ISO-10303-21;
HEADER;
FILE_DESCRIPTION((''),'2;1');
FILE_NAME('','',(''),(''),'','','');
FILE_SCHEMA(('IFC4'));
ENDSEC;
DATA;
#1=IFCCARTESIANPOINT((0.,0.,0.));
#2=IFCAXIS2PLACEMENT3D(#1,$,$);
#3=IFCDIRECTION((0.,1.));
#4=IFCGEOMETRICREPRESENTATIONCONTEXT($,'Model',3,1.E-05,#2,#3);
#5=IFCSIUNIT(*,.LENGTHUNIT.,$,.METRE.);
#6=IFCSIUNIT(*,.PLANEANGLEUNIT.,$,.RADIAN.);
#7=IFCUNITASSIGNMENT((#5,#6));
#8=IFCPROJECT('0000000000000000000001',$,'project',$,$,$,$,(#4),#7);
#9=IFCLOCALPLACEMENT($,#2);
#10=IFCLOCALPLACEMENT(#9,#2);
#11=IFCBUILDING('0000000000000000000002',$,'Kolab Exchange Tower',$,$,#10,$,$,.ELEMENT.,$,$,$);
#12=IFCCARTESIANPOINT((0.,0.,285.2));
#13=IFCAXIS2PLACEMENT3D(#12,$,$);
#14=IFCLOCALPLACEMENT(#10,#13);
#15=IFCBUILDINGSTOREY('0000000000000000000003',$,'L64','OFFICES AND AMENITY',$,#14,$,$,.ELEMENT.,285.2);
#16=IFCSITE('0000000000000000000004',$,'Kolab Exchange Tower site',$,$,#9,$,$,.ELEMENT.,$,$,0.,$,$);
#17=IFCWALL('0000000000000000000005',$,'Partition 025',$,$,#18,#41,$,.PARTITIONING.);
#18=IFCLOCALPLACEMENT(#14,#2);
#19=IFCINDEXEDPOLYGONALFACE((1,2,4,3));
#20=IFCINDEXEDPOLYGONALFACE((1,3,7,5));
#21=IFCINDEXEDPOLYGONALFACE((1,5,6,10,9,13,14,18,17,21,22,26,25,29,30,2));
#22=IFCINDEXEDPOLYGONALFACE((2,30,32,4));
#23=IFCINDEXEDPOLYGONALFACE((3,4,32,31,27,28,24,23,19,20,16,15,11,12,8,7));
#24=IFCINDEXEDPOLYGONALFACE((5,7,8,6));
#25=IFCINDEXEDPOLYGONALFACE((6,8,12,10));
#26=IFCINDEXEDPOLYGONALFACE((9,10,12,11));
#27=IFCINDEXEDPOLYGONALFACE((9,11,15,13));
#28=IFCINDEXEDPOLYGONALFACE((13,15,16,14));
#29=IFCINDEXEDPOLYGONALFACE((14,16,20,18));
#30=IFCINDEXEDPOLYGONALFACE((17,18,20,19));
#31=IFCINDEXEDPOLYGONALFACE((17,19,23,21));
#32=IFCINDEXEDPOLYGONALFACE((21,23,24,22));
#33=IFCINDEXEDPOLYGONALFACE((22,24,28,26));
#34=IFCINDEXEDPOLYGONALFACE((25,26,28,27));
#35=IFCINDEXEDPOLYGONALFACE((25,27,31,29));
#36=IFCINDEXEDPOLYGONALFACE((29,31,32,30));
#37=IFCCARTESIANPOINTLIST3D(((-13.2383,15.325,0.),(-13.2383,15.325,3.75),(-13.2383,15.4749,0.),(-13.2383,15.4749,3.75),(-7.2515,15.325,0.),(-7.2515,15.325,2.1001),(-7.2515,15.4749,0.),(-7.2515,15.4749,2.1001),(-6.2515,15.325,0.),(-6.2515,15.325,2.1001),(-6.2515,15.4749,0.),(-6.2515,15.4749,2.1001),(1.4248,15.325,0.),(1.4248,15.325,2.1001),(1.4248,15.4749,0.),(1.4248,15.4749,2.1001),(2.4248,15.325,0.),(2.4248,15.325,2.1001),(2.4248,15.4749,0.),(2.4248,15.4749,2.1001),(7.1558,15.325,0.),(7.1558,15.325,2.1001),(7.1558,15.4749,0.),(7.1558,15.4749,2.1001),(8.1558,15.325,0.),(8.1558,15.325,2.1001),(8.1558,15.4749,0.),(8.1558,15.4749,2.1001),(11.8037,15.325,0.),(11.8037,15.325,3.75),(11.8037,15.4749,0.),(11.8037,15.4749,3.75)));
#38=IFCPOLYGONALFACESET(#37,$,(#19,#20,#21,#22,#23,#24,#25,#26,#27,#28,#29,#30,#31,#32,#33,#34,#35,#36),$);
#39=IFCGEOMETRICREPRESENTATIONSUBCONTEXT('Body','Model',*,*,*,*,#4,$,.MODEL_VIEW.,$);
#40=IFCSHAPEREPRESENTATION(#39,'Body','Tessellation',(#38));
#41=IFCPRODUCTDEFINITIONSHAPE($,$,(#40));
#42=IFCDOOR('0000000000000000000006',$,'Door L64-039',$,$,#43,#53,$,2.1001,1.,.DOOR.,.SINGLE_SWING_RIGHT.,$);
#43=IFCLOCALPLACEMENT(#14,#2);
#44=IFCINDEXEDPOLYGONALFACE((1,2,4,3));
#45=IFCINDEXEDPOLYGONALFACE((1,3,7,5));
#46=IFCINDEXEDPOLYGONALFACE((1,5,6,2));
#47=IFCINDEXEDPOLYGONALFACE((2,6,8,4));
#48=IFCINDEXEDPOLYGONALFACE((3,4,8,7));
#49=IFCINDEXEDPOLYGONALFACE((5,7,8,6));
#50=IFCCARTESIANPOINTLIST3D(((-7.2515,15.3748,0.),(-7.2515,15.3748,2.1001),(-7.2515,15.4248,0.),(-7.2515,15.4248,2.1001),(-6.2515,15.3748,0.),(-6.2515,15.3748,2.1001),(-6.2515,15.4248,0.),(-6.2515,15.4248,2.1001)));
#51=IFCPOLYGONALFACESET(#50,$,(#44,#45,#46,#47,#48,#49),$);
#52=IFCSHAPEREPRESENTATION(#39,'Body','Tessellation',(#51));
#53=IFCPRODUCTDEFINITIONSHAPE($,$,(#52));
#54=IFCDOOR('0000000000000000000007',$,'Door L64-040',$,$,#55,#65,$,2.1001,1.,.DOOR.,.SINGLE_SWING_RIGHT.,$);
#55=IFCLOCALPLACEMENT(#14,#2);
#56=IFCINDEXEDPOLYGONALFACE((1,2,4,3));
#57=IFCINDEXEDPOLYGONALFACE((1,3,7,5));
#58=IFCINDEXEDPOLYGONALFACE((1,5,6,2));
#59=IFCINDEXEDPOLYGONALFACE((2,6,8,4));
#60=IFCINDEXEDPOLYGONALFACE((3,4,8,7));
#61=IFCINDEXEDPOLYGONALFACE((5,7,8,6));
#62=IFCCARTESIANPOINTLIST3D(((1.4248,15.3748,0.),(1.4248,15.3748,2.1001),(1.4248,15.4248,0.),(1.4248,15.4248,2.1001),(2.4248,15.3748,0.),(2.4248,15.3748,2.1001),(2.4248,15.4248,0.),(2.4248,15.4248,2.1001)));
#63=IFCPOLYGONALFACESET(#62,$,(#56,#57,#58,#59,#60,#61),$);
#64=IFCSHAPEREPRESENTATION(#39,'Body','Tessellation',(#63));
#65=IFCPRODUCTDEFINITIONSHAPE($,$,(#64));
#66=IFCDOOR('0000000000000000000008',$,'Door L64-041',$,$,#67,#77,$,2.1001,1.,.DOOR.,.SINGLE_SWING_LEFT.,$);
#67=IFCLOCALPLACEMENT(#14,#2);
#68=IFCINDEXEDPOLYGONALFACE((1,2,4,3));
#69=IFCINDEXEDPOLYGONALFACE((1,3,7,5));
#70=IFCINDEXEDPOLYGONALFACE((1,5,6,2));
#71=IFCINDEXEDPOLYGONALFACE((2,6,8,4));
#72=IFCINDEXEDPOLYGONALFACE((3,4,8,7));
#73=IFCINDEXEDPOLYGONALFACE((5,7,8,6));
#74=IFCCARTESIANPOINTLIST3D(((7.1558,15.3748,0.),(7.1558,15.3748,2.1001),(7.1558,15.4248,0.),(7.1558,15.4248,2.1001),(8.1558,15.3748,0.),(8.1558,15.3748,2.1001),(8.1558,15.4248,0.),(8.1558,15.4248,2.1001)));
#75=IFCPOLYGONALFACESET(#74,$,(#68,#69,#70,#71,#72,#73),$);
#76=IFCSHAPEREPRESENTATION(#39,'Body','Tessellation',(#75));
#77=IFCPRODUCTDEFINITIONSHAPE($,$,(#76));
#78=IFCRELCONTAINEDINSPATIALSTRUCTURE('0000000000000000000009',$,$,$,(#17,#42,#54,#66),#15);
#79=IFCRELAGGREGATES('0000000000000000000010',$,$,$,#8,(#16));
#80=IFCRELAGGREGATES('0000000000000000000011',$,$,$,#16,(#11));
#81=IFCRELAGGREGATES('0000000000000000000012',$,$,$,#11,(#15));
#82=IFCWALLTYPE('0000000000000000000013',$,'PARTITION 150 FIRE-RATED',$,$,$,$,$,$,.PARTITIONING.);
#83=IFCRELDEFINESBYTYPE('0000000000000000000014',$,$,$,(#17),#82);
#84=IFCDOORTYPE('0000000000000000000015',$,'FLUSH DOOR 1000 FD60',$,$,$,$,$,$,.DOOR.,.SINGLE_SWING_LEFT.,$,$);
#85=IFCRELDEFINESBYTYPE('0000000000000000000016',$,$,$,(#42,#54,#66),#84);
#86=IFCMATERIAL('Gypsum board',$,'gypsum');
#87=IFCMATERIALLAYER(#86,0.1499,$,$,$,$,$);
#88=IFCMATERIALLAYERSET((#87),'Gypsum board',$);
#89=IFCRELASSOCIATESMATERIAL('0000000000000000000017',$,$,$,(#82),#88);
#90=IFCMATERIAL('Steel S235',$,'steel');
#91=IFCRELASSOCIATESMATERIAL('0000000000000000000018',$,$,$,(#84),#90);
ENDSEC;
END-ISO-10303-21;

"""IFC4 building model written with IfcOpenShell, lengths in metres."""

from ifc_helpers import new_model, si_unit, direction, frame, frame_2d, origin, place, context, subcontext, project, spatial, rectangle, extrude, material, layer, layer_set, type_object, element, fill, save


model = new_model("IFC4")

# Units and contexts
model_context = context("Model", 3, precision=1e-05, world=origin(), true_north=direction((0.0, 1.0)))
body_context = subcontext(model_context, "Body", "Model", "MODEL_VIEW")
ifc_project = project(units=[si_unit("LENGTHUNIT", "METRE"), si_unit("PLANEANGLEUNIT", "RADIAN")], contexts=[model_context])

# Site, building, storey
site_placement = place(None, origin())
site = spatial("IfcSite", under=ifc_project, at=site_placement, Name="Kolab Exchange Tower site", CompositionType="ELEMENT", RefElevation=0.0)
building_placement = place(site_placement, origin())
building = spatial("IfcBuilding", under=site, at=building_placement, Name="Kolab Exchange Tower", CompositionType="ELEMENT")
storey_placement = place(building_placement, frame((0.0, 0.0, 285.2)))
storey = spatial("IfcBuildingStorey", under=building, at=storey_placement, Name="L64", Description="OFFICES AND AMENITY", CompositionType="ELEMENT", Elevation=285.2)

# Wall, openings, doors
ifc_material_1 = material(Name="Gypsum board", Category="gypsum")
ifc_layer_1 = layer(ifc_material_1, 0.1499)
ifc_layer_set_1 = layer_set([ifc_layer_1], Name="Gypsum board")
wall_type = type_object("IfcWallType", Name="PARTITION 150 FIRE-RATED", PredefinedType="PARTITIONING", material=ifc_layer_set_1)
ifc_material_2 = material(Name="Steel S235", Category="steel")
door_type_1 = type_object("IfcDoorType", Name="FLUSH DOOR 1000 FD60", OperationType="SINGLE_SWING_LEFT", PredefinedType="DOOR", material=ifc_material_2)
wall_1_placement = place(storey_placement, frame((-13.2383, 15.3999, 0.0), z_axis=(0.0, 0.0, 1.0), x_axis=(1.0, 0.0, 0.0)))
wall_1 = element("IfcWall", 1, at=wall_1_placement, inside=storey, type_object=wall_type, Name="Partition 025", PredefinedType="PARTITIONING", context=body_context, shape_type="SweptSolid", body=[
    extrude(rectangle(XDim=25.042, YDim=0.1499, at=frame_2d((12.521, 0.0))), origin(), (0.0, 0.0, 1.0), 3.75),
])
opening_1_placement = place(wall_1_placement, frame((5.9868, 0.0, 0.0)))
opening_1 = element("IfcOpeningElement", 2, at=opening_1_placement, cuts=wall_1, PredefinedType="OPENING", context=body_context, shape_type="SweptSolid", body=[
    extrude(rectangle(XDim=1.0, YDim=2.1001, at=frame_2d((0.5, 1.05))), frame((0.0, 0.085, 0.0), z_axis=(0.0, -1.0, 0.0), x_axis=(1.0, 0.0, 0.0)), (0.0, 0.0, 1.0), 0.1699),
])
opening_2_placement = place(wall_1_placement, frame((14.6631, 0.0, 0.0)))
opening_2 = element("IfcOpeningElement", 3, at=opening_2_placement, cuts=wall_1, PredefinedType="OPENING", context=body_context, shape_type="SweptSolid", body=[
    extrude(rectangle(XDim=1.0, YDim=2.1001, at=frame_2d((0.5, 1.05))), frame((0.0, 0.085, 0.0), z_axis=(0.0, -1.0, 0.0), x_axis=(1.0, 0.0, 0.0)), (0.0, 0.0, 1.0), 0.1699),
])
opening_3_placement = place(wall_1_placement, frame((20.394, 0.0, 0.0)))
opening_3 = element("IfcOpeningElement", 4, at=opening_3_placement, cuts=wall_1, PredefinedType="OPENING", context=body_context, shape_type="SweptSolid", body=[
    extrude(rectangle(XDim=1.0, YDim=2.1001, at=frame_2d((0.5, 1.05))), frame((0.0, 0.085, 0.0), z_axis=(0.0, -1.0, 0.0), x_axis=(1.0, 0.0, 0.0)), (0.0, 0.0, 1.0), 0.1699),
])
door_1_placement = place(opening_1_placement, origin())
door_1 = element("IfcDoor", 5, at=door_1_placement, inside=storey, type_object=door_type_1, Name="Door L64-039", OperationType="SINGLE_SWING_RIGHT", OverallHeight=2.1001, OverallWidth=1.0, PredefinedType="DOOR", context=body_context, shape_type="SweptSolid", body=[
    extrude(rectangle(XDim=1.0, YDim=2.1001, at=frame_2d((0.5, 1.05))), frame((0.0, 0.0249, 0.0), z_axis=(0.0, -1.0, 0.0), x_axis=(1.0, 0.0, 0.0)), (0.0, 0.0, 1.0), 0.05),
])
fill(opening_1, door_1)
door_2_placement = place(opening_2_placement, origin())
door_2 = element("IfcDoor", 6, at=door_2_placement, inside=storey, type_object=door_type_1, Name="Door L64-040", OperationType="SINGLE_SWING_RIGHT", OverallHeight=2.1001, OverallWidth=1.0, PredefinedType="DOOR", context=body_context, shape_type="SweptSolid", body=[
    extrude(rectangle(XDim=1.0, YDim=2.1001, at=frame_2d((0.5, 1.05))), frame((0.0, 0.0249, 0.0), z_axis=(0.0, -1.0, 0.0), x_axis=(1.0, 0.0, 0.0)), (0.0, 0.0, 1.0), 0.05),
])
fill(opening_2, door_2)
door_3_placement = place(opening_3_placement, origin())
door_3 = element("IfcDoor", 7, at=door_3_placement, inside=storey, type_object=door_type_1, Name="Door L64-041", OperationType="SINGLE_SWING_LEFT", OverallHeight=2.1001, OverallWidth=1.0, PredefinedType="DOOR", context=body_context, shape_type="SweptSolid", body=[
    extrude(rectangle(XDim=1.0, YDim=2.1001, at=frame_2d((0.5, 1.05))), frame((0.0, 0.0249, 0.0), z_axis=(0.0, -1.0, 0.0), x_axis=(1.0, 0.0, 0.0)), (0.0, 0.0, 1.0), 0.05),
])
fill(opening_3, door_3)

save(model, "model.ifc")
